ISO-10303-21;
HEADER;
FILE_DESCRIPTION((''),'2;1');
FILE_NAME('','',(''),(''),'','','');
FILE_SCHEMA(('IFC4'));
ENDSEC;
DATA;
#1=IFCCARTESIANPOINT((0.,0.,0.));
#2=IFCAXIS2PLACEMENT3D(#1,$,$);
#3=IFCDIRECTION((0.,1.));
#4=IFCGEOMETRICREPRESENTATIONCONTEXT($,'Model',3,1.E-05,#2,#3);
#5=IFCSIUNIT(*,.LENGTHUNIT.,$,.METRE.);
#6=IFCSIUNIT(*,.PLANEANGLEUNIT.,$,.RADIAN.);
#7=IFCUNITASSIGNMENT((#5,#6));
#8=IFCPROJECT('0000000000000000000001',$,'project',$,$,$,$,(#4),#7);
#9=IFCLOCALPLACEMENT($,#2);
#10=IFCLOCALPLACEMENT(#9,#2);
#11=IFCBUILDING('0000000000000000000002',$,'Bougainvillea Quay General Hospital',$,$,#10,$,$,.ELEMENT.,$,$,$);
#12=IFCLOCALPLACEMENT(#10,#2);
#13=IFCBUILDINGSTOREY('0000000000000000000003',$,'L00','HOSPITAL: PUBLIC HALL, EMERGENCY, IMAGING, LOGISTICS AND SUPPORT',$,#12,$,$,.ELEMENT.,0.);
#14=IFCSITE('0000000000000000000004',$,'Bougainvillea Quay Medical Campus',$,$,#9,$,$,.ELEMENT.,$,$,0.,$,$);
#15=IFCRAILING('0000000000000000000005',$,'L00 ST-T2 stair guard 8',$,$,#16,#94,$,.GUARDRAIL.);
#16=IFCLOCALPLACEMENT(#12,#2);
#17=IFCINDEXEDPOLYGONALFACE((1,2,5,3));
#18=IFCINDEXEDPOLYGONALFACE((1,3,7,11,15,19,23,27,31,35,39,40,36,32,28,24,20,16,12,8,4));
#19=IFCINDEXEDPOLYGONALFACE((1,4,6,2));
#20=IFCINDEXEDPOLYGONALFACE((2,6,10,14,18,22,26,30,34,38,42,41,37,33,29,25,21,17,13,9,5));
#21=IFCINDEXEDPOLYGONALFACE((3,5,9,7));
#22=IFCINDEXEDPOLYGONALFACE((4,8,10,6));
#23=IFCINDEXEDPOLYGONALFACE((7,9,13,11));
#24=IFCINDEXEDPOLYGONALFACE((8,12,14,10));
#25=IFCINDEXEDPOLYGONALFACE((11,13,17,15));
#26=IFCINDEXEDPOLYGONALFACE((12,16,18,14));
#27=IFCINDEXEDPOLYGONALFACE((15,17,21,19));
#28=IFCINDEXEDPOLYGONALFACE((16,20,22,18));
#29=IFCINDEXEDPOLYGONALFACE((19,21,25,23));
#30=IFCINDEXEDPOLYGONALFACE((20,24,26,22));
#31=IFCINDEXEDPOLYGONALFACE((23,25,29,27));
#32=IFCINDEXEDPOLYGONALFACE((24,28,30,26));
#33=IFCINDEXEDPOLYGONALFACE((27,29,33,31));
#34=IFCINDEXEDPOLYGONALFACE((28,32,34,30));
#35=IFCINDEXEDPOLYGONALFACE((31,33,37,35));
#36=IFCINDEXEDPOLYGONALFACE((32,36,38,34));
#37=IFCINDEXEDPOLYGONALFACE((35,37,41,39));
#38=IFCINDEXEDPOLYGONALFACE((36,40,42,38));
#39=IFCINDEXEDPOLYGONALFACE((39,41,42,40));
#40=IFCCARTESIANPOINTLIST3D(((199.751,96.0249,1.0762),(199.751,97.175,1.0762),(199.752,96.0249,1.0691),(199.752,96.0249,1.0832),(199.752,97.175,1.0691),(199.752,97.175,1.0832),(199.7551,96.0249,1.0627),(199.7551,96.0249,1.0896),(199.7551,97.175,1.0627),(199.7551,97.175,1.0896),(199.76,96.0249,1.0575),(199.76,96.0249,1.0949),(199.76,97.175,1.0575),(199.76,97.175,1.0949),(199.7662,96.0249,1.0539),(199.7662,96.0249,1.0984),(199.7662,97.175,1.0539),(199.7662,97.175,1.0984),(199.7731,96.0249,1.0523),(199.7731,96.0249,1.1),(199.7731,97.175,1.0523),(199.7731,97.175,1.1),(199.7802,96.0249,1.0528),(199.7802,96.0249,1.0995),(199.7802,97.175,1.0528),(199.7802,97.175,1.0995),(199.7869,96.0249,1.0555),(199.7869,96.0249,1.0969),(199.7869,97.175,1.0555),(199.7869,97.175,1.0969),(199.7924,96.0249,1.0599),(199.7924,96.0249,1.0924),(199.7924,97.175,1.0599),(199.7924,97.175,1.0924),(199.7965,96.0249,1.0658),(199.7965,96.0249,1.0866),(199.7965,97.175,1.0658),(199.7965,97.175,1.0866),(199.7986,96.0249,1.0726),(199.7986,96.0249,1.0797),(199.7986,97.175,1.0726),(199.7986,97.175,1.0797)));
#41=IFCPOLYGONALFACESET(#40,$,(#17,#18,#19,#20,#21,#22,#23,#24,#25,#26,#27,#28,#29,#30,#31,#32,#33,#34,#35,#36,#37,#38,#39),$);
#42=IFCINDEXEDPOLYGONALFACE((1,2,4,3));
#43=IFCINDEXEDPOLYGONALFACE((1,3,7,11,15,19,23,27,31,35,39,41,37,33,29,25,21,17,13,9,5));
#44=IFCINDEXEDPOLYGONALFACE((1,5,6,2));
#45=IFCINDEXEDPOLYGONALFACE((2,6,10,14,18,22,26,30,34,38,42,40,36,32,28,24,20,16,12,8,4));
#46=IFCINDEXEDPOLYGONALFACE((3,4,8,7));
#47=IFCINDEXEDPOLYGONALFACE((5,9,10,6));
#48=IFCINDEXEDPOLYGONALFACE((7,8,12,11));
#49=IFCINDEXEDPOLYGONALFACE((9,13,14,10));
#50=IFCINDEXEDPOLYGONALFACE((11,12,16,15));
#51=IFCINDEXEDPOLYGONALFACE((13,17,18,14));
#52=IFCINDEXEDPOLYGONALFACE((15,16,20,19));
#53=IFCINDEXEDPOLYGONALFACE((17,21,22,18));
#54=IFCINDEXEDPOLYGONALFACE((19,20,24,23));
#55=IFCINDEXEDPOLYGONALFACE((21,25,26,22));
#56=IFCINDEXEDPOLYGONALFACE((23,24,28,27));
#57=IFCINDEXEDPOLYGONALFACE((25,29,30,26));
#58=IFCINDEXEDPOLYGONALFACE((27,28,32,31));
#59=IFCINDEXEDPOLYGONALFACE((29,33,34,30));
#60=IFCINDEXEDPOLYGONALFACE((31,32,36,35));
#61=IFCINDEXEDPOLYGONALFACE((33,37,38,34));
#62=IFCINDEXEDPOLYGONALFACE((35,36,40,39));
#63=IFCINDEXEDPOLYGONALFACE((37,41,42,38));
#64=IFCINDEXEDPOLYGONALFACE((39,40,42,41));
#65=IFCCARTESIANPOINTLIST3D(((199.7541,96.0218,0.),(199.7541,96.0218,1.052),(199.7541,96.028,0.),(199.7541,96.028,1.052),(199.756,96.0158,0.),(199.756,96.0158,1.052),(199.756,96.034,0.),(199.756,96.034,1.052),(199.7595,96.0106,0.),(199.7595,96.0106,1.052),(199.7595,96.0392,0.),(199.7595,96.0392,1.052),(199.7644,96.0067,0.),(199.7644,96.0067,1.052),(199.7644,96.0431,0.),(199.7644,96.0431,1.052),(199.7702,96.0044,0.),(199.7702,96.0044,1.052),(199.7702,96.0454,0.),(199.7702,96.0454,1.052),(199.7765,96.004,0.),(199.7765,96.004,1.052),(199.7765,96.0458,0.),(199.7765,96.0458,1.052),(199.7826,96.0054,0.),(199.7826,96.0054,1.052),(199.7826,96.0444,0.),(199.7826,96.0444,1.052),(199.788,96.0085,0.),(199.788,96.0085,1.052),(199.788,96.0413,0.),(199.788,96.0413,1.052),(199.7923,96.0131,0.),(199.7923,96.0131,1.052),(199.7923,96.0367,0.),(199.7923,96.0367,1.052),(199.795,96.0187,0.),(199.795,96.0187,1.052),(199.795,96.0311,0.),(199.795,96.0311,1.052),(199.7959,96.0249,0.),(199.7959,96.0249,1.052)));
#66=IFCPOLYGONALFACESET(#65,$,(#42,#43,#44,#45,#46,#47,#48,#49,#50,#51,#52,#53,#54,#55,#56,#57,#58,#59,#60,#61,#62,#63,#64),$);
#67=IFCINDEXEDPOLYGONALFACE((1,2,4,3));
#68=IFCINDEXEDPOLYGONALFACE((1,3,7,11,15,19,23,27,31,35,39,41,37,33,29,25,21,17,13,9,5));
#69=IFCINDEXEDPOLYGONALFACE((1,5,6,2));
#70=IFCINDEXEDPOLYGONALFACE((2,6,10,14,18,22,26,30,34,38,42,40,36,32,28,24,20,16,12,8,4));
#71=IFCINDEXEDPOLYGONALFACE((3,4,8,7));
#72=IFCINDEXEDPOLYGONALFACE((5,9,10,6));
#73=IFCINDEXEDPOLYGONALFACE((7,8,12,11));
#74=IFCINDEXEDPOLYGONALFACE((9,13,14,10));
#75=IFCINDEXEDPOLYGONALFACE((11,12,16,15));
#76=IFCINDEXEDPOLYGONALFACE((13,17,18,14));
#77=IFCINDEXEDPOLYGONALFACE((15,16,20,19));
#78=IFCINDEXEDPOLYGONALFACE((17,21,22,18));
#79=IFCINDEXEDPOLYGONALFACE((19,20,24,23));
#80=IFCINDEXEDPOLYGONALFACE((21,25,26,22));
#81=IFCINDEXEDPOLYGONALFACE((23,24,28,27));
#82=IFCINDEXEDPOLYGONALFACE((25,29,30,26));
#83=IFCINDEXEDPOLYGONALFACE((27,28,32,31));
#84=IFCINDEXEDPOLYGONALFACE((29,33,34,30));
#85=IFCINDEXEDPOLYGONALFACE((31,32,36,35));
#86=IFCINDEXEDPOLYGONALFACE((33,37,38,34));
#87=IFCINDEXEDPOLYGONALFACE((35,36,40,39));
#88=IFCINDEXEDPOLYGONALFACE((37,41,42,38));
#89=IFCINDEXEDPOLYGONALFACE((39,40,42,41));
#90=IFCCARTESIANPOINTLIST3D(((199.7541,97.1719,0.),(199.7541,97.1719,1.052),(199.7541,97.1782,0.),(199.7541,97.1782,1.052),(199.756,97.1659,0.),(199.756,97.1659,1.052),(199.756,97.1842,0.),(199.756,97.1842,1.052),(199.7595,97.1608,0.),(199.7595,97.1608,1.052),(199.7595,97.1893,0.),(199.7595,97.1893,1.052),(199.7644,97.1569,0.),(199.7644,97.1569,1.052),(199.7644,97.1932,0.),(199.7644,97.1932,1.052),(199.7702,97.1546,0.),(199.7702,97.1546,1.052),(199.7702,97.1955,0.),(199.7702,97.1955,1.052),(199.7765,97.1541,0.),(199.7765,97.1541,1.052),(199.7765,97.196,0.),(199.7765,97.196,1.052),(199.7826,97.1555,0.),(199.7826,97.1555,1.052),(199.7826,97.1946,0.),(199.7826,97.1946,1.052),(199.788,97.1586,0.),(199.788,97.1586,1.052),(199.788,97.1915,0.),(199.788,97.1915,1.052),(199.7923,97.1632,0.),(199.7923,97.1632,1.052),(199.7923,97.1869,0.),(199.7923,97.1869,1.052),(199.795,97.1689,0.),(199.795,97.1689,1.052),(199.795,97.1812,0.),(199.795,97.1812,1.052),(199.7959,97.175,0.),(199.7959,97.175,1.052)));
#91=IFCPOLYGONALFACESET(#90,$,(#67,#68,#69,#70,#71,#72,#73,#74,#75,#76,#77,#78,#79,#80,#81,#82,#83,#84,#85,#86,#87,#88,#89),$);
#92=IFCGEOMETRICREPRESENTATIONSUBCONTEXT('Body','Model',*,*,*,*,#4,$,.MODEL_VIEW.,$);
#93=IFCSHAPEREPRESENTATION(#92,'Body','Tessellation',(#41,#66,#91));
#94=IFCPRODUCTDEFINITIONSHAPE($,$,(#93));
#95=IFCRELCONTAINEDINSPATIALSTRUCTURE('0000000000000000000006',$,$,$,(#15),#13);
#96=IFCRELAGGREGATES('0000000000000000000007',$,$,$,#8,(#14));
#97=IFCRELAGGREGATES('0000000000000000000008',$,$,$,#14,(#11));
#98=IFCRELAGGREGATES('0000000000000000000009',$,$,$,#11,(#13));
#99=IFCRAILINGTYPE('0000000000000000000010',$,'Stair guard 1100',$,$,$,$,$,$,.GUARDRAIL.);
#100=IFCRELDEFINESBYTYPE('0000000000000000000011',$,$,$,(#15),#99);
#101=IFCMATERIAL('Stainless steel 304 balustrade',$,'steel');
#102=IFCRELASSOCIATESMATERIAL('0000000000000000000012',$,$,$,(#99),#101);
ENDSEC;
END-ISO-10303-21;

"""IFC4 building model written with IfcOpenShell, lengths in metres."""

from ifc_helpers import new_model, si_unit, direction, frame, origin, origin_2d, place, context, subcontext, project, spatial, circle, extrude, material, type_object, element, save


model = new_model("IFC4")

# Units and contexts
model_context = context("Model", 3, precision=1e-05, world=origin(), true_north=direction((0.0, 1.0)))
body_context = subcontext(model_context, "Body", "Model", "MODEL_VIEW")
ifc_project = project(units=[si_unit("LENGTHUNIT", "METRE"), si_unit("PLANEANGLEUNIT", "RADIAN")], contexts=[model_context])

# Site, building, storey
site_placement = place(None, origin())
site = spatial("IfcSite", under=ifc_project, at=site_placement, Name="Bougainvillea Quay Medical Campus", CompositionType="ELEMENT", RefElevation=0.0)
building_placement = place(site_placement, origin())
building = spatial("IfcBuilding", under=site, at=building_placement, Name="Bougainvillea Quay General Hospital", CompositionType="ELEMENT")
storey_placement = place(building_placement, origin())
storey = spatial("IfcBuildingStorey", under=building, at=storey_placement, Name="L00", Description="HOSPITAL: PUBLIC HALL, EMERGENCY, IMAGING, LOGISTICS AND SUPPORT", CompositionType="ELEMENT", Elevation=0.0)

# Railing
ifc_material_1 = material(Name="Stainless steel 304 balustrade", Category="steel")
railing_type_1 = type_object("IfcRailingType", Name="Stair guard 1100", PredefinedType="GUARDRAIL", material=ifc_material_1)
for number, where, name in (
    (1, (199.7749, 96.0249, 0.0), "L00 ST-T2 stair guard 8"),
):
    element("IfcRailing", number, at=place(storey_placement, frame(where)), inside=storey, type_object=railing_type_1, Name=name, PredefinedType="GUARDRAIL", context=body_context, shape_type="SweptSolid", body=[
        extrude(circle(Radius=0.0239, at=origin_2d()), frame((0.0, 0.0, 1.0762), z_axis=(0.0, 1.0, 0.0), x_axis=(-1.0, 0.0, 0.0)), (0.0, 0.0, 1.0), 1.1501),
        extrude(circle(Radius=0.021, at=origin_2d()), origin(), (0.0, 0.0, 1.0), 1.052),
        extrude(circle(Radius=0.021, at=origin_2d()), frame((0.0, 1.1501, 0.0)), (0.0, 0.0, 1.0), 1.052),
    ])

save(model, "model.ifc")
